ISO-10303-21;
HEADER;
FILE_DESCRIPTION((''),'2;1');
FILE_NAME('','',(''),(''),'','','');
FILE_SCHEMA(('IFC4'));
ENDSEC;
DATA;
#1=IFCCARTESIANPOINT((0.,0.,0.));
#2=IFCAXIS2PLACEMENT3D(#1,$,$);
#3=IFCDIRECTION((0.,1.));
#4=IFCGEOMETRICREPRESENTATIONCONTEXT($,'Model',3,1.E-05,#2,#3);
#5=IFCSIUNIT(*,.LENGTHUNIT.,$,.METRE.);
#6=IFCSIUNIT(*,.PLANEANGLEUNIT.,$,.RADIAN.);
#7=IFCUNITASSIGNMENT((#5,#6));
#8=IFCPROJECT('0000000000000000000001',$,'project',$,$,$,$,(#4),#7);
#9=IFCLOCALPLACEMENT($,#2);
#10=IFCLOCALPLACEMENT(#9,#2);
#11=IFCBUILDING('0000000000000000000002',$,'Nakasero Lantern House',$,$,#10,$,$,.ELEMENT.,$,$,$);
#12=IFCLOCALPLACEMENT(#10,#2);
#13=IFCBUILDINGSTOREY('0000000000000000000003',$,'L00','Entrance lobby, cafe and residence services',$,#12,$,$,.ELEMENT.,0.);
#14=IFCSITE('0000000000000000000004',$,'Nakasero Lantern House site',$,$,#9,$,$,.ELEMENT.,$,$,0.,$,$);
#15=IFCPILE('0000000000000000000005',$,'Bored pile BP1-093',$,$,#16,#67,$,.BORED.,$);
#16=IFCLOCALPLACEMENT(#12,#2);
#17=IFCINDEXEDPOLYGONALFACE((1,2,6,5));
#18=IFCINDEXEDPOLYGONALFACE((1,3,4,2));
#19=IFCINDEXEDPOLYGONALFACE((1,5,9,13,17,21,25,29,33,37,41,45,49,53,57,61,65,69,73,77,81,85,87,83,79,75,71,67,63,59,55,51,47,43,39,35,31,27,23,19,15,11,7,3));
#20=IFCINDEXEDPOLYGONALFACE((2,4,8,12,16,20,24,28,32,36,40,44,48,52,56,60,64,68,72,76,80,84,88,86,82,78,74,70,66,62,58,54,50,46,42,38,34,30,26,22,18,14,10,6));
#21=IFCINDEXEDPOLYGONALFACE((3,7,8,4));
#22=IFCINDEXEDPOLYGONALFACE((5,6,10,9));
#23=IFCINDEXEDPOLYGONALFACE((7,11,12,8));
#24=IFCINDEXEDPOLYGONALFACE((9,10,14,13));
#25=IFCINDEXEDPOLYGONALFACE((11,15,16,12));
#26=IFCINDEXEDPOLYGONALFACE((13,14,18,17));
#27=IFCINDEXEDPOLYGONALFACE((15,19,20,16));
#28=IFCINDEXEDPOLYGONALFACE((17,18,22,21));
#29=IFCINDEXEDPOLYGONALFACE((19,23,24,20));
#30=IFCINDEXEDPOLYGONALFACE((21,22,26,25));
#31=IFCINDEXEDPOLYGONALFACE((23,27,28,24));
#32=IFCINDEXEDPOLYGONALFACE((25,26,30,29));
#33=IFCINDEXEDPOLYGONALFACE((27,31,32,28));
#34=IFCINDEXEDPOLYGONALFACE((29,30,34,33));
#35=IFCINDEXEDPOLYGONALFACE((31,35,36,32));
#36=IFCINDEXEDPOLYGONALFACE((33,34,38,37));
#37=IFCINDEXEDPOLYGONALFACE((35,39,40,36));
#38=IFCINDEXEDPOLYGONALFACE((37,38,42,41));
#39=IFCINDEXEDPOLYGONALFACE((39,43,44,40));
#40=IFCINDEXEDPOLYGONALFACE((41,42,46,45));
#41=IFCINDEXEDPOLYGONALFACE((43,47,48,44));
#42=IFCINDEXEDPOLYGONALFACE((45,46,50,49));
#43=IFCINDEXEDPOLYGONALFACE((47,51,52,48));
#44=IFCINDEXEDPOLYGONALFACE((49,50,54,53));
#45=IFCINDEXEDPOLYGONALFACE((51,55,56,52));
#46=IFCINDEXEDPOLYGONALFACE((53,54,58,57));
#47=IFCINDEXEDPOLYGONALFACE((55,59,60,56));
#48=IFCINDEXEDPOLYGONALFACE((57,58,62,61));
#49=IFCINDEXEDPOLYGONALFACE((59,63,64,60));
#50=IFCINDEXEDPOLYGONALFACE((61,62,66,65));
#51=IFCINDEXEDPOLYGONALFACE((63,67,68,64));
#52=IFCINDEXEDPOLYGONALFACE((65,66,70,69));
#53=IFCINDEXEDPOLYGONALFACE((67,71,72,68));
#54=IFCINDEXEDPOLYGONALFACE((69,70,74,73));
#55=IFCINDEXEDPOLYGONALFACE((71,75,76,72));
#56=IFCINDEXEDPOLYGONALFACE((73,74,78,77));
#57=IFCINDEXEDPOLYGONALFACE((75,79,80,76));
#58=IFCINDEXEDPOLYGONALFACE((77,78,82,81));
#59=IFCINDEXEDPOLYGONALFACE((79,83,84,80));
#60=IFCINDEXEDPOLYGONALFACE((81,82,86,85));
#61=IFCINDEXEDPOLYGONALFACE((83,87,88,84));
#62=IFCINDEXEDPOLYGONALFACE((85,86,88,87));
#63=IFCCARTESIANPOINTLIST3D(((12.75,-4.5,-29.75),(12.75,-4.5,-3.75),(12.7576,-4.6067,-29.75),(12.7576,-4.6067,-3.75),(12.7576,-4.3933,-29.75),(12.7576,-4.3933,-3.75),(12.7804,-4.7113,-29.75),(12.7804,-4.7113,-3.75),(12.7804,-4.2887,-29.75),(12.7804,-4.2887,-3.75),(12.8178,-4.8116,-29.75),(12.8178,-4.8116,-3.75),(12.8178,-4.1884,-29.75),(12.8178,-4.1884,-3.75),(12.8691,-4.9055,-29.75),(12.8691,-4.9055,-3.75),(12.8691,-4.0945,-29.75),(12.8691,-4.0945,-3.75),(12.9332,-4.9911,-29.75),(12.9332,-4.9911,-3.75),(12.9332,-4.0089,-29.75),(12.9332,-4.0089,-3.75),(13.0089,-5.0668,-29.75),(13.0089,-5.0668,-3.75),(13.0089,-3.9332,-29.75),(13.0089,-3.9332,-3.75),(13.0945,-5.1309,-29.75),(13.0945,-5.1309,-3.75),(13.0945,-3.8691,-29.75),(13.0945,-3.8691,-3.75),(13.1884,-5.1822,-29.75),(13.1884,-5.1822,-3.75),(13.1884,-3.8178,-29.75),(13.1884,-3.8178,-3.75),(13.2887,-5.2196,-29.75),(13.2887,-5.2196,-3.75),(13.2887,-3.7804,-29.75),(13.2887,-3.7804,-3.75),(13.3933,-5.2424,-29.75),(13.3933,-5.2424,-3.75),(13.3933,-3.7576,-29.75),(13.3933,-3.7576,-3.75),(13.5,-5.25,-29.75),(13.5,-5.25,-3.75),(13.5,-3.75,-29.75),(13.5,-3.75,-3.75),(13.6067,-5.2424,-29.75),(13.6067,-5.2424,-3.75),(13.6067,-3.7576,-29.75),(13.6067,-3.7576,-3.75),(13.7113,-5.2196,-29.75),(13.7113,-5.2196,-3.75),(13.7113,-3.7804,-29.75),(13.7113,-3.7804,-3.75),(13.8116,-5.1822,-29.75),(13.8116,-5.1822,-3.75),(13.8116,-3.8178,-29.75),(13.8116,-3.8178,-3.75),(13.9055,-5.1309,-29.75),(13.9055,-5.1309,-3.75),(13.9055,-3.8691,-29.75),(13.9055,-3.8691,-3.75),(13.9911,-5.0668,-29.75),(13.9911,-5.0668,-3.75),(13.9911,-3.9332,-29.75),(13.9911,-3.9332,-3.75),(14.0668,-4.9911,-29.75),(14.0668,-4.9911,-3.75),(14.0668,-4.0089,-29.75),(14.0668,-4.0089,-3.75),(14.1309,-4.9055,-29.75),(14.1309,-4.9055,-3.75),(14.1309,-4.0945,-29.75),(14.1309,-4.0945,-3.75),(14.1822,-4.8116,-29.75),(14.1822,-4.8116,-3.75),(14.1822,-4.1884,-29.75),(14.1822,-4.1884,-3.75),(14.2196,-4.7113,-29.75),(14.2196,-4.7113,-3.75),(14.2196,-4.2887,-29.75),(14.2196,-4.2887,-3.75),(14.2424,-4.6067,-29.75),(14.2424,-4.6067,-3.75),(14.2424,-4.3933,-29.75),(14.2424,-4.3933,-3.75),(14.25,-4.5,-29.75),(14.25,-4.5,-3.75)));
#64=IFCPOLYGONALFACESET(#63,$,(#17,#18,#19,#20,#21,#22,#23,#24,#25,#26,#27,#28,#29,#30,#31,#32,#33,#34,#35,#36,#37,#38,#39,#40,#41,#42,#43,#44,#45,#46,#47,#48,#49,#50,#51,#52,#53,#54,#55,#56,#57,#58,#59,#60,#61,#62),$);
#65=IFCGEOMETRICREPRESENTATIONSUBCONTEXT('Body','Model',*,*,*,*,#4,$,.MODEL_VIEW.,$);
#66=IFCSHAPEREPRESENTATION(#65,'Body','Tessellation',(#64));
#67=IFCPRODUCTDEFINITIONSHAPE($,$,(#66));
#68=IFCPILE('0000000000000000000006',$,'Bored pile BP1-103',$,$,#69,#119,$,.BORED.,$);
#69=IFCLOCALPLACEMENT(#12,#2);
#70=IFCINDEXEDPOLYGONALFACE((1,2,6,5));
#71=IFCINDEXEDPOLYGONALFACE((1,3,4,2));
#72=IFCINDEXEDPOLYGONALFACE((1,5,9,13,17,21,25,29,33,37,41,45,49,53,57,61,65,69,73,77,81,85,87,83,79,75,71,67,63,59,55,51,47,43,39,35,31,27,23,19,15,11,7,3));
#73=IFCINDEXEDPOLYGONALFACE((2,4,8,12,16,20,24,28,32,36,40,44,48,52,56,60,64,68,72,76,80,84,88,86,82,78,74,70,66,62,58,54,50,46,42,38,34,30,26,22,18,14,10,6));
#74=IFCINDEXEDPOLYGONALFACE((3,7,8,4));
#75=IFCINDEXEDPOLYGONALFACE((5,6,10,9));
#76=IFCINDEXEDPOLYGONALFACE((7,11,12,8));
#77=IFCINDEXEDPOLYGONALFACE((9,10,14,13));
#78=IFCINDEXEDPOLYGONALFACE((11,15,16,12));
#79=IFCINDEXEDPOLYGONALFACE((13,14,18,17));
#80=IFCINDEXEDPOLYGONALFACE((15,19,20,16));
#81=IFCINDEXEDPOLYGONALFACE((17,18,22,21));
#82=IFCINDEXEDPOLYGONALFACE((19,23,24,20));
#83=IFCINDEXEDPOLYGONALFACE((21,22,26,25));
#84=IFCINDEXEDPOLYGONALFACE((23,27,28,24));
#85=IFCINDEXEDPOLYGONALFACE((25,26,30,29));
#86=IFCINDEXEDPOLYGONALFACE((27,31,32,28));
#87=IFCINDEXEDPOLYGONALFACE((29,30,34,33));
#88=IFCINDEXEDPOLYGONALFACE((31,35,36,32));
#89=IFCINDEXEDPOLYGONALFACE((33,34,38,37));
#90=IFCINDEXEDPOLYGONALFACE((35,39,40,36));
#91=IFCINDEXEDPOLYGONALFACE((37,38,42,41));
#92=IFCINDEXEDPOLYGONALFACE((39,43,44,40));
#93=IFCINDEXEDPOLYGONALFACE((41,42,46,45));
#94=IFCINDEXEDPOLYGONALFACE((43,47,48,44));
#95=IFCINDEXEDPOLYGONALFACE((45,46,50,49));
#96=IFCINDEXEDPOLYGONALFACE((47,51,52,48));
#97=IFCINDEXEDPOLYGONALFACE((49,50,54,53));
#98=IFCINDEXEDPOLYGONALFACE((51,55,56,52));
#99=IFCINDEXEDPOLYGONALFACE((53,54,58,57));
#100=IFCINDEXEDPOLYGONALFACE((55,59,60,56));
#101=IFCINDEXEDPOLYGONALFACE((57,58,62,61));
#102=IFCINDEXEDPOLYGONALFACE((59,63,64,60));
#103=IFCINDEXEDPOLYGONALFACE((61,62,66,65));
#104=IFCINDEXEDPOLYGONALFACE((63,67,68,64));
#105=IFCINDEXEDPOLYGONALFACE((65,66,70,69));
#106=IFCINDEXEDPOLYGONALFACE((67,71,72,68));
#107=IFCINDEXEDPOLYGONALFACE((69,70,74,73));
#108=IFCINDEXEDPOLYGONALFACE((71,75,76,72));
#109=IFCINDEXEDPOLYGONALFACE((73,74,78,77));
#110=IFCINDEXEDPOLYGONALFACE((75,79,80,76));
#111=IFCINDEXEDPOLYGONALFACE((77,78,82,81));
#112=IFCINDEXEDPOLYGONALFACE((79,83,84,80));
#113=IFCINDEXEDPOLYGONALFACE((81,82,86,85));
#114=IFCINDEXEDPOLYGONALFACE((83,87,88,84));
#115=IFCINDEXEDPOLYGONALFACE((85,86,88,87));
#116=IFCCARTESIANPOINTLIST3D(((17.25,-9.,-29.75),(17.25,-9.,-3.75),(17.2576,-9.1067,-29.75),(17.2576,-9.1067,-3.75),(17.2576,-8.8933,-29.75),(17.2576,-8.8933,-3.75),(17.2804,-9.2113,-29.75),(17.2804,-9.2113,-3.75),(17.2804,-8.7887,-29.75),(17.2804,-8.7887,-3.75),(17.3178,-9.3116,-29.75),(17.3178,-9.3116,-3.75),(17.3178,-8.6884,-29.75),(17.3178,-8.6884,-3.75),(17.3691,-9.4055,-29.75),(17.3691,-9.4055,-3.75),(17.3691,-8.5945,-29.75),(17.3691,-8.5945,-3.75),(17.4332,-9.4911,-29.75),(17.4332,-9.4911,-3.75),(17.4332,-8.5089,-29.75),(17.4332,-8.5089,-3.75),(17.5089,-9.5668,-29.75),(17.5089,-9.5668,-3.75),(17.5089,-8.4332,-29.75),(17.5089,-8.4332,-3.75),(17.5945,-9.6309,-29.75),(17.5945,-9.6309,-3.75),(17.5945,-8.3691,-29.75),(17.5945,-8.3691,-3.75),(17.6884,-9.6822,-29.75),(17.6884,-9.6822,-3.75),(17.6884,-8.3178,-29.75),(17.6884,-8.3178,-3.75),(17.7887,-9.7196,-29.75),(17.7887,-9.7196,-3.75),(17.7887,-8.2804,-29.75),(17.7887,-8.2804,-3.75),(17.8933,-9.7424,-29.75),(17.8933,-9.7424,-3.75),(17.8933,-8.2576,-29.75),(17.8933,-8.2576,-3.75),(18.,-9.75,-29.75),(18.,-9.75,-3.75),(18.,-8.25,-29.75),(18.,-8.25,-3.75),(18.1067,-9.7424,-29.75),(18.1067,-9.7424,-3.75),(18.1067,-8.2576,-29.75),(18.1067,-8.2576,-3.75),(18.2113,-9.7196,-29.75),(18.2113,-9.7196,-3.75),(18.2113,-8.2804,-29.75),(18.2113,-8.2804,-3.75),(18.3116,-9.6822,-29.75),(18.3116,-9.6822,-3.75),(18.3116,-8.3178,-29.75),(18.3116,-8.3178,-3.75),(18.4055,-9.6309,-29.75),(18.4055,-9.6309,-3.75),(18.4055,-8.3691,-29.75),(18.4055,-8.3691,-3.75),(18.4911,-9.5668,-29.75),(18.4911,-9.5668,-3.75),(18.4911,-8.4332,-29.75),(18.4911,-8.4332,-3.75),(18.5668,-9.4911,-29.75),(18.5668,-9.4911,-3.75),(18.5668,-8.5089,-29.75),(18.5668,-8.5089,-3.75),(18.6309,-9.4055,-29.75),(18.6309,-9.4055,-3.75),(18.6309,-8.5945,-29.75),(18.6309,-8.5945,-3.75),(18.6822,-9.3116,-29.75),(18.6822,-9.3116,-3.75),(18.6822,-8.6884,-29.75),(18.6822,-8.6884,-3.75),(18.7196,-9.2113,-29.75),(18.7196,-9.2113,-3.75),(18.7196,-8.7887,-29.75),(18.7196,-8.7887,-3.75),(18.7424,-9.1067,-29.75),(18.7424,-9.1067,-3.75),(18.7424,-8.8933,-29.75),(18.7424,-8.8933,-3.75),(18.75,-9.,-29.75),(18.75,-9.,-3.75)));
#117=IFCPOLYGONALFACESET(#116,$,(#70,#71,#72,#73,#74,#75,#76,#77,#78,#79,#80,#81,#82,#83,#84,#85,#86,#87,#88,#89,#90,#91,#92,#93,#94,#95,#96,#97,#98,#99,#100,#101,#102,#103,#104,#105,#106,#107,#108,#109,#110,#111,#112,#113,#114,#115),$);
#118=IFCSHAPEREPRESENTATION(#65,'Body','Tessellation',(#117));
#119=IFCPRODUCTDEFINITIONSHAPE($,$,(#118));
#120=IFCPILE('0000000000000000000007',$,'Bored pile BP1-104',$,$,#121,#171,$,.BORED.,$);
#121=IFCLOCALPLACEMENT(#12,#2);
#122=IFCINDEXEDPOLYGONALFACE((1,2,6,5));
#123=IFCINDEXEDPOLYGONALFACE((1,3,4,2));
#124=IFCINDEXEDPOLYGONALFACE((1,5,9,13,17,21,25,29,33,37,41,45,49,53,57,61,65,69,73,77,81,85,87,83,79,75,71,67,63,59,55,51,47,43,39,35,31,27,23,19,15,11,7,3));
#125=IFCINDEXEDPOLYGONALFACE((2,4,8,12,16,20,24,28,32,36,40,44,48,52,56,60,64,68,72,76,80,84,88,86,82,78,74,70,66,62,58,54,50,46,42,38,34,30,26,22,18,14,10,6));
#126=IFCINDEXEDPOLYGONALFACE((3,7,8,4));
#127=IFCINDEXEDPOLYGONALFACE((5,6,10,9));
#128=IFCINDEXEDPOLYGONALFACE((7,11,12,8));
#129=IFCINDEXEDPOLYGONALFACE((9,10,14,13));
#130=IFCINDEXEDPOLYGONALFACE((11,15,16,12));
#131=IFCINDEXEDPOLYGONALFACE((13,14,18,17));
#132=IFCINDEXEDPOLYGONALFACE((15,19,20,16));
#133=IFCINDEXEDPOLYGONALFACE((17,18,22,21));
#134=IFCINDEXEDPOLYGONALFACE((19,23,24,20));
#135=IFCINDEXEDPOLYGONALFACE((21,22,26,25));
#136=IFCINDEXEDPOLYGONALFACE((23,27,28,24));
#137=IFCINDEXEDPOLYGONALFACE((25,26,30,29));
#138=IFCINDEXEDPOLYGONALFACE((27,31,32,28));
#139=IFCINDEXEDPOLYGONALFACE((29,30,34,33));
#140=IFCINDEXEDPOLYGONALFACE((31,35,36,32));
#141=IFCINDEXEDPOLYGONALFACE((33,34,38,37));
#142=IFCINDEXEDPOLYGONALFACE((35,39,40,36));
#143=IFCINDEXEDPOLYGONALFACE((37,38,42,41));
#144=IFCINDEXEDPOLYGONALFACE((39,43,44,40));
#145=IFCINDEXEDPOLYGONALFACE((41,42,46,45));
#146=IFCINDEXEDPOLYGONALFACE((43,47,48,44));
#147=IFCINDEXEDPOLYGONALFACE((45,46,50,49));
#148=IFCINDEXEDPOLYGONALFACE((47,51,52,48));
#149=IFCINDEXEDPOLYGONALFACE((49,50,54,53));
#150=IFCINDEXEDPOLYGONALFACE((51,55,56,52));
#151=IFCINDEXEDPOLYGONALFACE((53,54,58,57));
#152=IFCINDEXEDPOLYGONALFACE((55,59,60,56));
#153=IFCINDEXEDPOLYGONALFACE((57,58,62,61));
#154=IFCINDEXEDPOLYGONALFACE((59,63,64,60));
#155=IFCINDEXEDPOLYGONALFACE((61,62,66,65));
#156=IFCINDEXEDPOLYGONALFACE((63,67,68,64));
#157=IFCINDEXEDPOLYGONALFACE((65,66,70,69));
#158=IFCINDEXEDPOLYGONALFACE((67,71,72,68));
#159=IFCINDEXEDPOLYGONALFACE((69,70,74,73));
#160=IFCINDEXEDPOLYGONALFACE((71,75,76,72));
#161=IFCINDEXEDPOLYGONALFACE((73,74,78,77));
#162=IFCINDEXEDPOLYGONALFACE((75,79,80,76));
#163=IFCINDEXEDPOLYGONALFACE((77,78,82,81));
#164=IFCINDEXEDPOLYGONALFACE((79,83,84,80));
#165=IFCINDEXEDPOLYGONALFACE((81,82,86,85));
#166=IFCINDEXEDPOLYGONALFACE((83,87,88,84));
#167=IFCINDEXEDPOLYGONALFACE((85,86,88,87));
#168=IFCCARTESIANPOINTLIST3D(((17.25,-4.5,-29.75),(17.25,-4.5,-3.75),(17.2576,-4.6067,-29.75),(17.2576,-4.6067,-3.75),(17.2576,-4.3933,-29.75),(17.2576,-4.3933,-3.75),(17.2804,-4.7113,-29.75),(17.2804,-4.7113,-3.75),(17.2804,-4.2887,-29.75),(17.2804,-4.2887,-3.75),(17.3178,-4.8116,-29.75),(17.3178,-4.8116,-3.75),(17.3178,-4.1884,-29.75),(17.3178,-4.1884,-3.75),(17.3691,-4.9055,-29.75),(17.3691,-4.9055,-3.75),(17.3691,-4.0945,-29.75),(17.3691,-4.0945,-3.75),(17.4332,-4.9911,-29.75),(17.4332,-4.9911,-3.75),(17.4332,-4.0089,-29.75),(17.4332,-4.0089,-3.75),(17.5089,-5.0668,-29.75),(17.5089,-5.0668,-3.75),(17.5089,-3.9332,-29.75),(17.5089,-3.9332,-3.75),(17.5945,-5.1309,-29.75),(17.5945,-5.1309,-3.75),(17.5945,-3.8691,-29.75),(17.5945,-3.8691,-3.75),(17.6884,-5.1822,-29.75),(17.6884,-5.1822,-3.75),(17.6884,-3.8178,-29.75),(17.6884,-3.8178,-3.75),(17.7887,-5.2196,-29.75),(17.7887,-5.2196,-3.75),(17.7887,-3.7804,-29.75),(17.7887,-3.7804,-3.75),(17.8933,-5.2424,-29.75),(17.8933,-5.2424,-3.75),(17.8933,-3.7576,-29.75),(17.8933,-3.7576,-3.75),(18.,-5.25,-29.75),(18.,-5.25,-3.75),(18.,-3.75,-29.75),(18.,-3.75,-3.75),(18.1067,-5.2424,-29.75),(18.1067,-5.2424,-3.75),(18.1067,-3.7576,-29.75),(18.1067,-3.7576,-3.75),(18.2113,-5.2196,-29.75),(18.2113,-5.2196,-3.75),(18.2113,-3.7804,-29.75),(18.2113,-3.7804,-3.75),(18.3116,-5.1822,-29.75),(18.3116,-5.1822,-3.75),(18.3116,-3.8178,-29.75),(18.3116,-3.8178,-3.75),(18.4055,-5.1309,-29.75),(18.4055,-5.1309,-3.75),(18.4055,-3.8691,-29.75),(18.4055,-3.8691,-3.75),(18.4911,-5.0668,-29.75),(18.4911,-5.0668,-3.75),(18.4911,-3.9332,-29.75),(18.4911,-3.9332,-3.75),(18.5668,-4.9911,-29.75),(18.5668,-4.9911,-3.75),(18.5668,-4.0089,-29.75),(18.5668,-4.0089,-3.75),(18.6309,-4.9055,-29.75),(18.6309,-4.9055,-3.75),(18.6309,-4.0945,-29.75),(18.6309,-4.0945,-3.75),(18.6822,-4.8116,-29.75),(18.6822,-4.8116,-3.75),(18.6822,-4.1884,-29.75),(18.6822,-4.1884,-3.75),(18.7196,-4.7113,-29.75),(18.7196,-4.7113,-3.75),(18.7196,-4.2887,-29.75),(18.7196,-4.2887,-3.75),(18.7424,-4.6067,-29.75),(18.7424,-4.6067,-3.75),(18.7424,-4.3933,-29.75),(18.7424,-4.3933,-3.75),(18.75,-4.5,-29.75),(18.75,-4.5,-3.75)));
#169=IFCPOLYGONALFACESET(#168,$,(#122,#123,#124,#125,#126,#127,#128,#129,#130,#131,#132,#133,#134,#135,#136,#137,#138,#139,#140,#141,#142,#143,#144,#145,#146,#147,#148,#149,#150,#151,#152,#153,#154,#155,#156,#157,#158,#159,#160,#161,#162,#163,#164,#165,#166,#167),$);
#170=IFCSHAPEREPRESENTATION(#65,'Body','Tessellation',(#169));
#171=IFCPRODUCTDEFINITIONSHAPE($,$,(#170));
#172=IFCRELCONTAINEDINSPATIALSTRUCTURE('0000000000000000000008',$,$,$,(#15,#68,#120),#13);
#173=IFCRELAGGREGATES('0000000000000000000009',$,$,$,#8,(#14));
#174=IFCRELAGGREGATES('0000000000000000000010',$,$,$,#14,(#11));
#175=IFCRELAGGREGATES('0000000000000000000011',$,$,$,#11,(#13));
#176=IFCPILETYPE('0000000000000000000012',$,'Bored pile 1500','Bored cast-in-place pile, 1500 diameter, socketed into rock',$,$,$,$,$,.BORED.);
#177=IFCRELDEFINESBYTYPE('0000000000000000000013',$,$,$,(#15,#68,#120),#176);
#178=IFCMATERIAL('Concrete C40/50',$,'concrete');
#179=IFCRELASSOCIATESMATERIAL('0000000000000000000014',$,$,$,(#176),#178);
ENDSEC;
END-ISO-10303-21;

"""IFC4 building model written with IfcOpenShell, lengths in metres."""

from ifc_helpers import new_model, si_unit, direction, frame, origin, origin_2d, place, context, subcontext, project, spatial, circle, extrude, material, type_object, element, save


model = new_model("IFC4")

# Units and contexts
model_context = context("Model", 3, precision=1e-05, world=origin(), true_north=direction((0.0, 1.0)))
body_context = subcontext(model_context, "Body", "Model", "MODEL_VIEW")
ifc_project = project(units=[si_unit("LENGTHUNIT", "METRE"), si_unit("PLANEANGLEUNIT", "RADIAN")], contexts=[model_context])

# Site, building, storey
site_placement = place(None, origin())
site = spatial("IfcSite", under=ifc_project, at=site_placement, Name="Nakasero Lantern House site", CompositionType="ELEMENT", RefElevation=0.0)
building_placement = place(site_placement, origin())
building = spatial("IfcBuilding", under=site, at=building_placement, Name="Nakasero Lantern House", CompositionType="ELEMENT")
storey_placement = place(building_placement, origin())
storey = spatial("IfcBuildingStorey", under=building, at=storey_placement, Name="L00", Description="Entrance lobby, cafe and residence services", CompositionType="ELEMENT", Elevation=0.0)

# Piles
ifc_material_1 = material(Name="Concrete C40/50", Category="concrete")
pile_type = type_object("IfcPileType", Name="Bored pile 1500", Description="Bored cast-in-place pile, 1500 diameter, socketed into rock", PredefinedType="BORED", material=ifc_material_1)
for number, where, z_axis, x_axis, name in (
    (1, (13.5, -4.5, -3.75), (0.0, 0.0, -1.0), (1.0, 0.0, 0.0), "Bored pile BP1-093"),
    (2, (18.0, -9.0, -3.75), (0.0, 0.0, -1.0), (1.0, 0.0, 0.0), "Bored pile BP1-103"),
    (3, (18.0, -4.5, -3.75), (0.0, 0.0, -1.0), (1.0, 0.0, 0.0), "Bored pile BP1-104"),
):
    element("IfcPile", number, at=place(storey_placement, frame(where, z_axis=z_axis, x_axis=x_axis)), inside=storey, type_object=pile_type, Name=name, PredefinedType="BORED", context=body_context, shape_type="SweptSolid", body=[
        extrude(circle(Radius=0.75, at=origin_2d()), origin(), (0.0, 0.0, 1.0), 26.0),
    ])

save(model, "model.ifc")
